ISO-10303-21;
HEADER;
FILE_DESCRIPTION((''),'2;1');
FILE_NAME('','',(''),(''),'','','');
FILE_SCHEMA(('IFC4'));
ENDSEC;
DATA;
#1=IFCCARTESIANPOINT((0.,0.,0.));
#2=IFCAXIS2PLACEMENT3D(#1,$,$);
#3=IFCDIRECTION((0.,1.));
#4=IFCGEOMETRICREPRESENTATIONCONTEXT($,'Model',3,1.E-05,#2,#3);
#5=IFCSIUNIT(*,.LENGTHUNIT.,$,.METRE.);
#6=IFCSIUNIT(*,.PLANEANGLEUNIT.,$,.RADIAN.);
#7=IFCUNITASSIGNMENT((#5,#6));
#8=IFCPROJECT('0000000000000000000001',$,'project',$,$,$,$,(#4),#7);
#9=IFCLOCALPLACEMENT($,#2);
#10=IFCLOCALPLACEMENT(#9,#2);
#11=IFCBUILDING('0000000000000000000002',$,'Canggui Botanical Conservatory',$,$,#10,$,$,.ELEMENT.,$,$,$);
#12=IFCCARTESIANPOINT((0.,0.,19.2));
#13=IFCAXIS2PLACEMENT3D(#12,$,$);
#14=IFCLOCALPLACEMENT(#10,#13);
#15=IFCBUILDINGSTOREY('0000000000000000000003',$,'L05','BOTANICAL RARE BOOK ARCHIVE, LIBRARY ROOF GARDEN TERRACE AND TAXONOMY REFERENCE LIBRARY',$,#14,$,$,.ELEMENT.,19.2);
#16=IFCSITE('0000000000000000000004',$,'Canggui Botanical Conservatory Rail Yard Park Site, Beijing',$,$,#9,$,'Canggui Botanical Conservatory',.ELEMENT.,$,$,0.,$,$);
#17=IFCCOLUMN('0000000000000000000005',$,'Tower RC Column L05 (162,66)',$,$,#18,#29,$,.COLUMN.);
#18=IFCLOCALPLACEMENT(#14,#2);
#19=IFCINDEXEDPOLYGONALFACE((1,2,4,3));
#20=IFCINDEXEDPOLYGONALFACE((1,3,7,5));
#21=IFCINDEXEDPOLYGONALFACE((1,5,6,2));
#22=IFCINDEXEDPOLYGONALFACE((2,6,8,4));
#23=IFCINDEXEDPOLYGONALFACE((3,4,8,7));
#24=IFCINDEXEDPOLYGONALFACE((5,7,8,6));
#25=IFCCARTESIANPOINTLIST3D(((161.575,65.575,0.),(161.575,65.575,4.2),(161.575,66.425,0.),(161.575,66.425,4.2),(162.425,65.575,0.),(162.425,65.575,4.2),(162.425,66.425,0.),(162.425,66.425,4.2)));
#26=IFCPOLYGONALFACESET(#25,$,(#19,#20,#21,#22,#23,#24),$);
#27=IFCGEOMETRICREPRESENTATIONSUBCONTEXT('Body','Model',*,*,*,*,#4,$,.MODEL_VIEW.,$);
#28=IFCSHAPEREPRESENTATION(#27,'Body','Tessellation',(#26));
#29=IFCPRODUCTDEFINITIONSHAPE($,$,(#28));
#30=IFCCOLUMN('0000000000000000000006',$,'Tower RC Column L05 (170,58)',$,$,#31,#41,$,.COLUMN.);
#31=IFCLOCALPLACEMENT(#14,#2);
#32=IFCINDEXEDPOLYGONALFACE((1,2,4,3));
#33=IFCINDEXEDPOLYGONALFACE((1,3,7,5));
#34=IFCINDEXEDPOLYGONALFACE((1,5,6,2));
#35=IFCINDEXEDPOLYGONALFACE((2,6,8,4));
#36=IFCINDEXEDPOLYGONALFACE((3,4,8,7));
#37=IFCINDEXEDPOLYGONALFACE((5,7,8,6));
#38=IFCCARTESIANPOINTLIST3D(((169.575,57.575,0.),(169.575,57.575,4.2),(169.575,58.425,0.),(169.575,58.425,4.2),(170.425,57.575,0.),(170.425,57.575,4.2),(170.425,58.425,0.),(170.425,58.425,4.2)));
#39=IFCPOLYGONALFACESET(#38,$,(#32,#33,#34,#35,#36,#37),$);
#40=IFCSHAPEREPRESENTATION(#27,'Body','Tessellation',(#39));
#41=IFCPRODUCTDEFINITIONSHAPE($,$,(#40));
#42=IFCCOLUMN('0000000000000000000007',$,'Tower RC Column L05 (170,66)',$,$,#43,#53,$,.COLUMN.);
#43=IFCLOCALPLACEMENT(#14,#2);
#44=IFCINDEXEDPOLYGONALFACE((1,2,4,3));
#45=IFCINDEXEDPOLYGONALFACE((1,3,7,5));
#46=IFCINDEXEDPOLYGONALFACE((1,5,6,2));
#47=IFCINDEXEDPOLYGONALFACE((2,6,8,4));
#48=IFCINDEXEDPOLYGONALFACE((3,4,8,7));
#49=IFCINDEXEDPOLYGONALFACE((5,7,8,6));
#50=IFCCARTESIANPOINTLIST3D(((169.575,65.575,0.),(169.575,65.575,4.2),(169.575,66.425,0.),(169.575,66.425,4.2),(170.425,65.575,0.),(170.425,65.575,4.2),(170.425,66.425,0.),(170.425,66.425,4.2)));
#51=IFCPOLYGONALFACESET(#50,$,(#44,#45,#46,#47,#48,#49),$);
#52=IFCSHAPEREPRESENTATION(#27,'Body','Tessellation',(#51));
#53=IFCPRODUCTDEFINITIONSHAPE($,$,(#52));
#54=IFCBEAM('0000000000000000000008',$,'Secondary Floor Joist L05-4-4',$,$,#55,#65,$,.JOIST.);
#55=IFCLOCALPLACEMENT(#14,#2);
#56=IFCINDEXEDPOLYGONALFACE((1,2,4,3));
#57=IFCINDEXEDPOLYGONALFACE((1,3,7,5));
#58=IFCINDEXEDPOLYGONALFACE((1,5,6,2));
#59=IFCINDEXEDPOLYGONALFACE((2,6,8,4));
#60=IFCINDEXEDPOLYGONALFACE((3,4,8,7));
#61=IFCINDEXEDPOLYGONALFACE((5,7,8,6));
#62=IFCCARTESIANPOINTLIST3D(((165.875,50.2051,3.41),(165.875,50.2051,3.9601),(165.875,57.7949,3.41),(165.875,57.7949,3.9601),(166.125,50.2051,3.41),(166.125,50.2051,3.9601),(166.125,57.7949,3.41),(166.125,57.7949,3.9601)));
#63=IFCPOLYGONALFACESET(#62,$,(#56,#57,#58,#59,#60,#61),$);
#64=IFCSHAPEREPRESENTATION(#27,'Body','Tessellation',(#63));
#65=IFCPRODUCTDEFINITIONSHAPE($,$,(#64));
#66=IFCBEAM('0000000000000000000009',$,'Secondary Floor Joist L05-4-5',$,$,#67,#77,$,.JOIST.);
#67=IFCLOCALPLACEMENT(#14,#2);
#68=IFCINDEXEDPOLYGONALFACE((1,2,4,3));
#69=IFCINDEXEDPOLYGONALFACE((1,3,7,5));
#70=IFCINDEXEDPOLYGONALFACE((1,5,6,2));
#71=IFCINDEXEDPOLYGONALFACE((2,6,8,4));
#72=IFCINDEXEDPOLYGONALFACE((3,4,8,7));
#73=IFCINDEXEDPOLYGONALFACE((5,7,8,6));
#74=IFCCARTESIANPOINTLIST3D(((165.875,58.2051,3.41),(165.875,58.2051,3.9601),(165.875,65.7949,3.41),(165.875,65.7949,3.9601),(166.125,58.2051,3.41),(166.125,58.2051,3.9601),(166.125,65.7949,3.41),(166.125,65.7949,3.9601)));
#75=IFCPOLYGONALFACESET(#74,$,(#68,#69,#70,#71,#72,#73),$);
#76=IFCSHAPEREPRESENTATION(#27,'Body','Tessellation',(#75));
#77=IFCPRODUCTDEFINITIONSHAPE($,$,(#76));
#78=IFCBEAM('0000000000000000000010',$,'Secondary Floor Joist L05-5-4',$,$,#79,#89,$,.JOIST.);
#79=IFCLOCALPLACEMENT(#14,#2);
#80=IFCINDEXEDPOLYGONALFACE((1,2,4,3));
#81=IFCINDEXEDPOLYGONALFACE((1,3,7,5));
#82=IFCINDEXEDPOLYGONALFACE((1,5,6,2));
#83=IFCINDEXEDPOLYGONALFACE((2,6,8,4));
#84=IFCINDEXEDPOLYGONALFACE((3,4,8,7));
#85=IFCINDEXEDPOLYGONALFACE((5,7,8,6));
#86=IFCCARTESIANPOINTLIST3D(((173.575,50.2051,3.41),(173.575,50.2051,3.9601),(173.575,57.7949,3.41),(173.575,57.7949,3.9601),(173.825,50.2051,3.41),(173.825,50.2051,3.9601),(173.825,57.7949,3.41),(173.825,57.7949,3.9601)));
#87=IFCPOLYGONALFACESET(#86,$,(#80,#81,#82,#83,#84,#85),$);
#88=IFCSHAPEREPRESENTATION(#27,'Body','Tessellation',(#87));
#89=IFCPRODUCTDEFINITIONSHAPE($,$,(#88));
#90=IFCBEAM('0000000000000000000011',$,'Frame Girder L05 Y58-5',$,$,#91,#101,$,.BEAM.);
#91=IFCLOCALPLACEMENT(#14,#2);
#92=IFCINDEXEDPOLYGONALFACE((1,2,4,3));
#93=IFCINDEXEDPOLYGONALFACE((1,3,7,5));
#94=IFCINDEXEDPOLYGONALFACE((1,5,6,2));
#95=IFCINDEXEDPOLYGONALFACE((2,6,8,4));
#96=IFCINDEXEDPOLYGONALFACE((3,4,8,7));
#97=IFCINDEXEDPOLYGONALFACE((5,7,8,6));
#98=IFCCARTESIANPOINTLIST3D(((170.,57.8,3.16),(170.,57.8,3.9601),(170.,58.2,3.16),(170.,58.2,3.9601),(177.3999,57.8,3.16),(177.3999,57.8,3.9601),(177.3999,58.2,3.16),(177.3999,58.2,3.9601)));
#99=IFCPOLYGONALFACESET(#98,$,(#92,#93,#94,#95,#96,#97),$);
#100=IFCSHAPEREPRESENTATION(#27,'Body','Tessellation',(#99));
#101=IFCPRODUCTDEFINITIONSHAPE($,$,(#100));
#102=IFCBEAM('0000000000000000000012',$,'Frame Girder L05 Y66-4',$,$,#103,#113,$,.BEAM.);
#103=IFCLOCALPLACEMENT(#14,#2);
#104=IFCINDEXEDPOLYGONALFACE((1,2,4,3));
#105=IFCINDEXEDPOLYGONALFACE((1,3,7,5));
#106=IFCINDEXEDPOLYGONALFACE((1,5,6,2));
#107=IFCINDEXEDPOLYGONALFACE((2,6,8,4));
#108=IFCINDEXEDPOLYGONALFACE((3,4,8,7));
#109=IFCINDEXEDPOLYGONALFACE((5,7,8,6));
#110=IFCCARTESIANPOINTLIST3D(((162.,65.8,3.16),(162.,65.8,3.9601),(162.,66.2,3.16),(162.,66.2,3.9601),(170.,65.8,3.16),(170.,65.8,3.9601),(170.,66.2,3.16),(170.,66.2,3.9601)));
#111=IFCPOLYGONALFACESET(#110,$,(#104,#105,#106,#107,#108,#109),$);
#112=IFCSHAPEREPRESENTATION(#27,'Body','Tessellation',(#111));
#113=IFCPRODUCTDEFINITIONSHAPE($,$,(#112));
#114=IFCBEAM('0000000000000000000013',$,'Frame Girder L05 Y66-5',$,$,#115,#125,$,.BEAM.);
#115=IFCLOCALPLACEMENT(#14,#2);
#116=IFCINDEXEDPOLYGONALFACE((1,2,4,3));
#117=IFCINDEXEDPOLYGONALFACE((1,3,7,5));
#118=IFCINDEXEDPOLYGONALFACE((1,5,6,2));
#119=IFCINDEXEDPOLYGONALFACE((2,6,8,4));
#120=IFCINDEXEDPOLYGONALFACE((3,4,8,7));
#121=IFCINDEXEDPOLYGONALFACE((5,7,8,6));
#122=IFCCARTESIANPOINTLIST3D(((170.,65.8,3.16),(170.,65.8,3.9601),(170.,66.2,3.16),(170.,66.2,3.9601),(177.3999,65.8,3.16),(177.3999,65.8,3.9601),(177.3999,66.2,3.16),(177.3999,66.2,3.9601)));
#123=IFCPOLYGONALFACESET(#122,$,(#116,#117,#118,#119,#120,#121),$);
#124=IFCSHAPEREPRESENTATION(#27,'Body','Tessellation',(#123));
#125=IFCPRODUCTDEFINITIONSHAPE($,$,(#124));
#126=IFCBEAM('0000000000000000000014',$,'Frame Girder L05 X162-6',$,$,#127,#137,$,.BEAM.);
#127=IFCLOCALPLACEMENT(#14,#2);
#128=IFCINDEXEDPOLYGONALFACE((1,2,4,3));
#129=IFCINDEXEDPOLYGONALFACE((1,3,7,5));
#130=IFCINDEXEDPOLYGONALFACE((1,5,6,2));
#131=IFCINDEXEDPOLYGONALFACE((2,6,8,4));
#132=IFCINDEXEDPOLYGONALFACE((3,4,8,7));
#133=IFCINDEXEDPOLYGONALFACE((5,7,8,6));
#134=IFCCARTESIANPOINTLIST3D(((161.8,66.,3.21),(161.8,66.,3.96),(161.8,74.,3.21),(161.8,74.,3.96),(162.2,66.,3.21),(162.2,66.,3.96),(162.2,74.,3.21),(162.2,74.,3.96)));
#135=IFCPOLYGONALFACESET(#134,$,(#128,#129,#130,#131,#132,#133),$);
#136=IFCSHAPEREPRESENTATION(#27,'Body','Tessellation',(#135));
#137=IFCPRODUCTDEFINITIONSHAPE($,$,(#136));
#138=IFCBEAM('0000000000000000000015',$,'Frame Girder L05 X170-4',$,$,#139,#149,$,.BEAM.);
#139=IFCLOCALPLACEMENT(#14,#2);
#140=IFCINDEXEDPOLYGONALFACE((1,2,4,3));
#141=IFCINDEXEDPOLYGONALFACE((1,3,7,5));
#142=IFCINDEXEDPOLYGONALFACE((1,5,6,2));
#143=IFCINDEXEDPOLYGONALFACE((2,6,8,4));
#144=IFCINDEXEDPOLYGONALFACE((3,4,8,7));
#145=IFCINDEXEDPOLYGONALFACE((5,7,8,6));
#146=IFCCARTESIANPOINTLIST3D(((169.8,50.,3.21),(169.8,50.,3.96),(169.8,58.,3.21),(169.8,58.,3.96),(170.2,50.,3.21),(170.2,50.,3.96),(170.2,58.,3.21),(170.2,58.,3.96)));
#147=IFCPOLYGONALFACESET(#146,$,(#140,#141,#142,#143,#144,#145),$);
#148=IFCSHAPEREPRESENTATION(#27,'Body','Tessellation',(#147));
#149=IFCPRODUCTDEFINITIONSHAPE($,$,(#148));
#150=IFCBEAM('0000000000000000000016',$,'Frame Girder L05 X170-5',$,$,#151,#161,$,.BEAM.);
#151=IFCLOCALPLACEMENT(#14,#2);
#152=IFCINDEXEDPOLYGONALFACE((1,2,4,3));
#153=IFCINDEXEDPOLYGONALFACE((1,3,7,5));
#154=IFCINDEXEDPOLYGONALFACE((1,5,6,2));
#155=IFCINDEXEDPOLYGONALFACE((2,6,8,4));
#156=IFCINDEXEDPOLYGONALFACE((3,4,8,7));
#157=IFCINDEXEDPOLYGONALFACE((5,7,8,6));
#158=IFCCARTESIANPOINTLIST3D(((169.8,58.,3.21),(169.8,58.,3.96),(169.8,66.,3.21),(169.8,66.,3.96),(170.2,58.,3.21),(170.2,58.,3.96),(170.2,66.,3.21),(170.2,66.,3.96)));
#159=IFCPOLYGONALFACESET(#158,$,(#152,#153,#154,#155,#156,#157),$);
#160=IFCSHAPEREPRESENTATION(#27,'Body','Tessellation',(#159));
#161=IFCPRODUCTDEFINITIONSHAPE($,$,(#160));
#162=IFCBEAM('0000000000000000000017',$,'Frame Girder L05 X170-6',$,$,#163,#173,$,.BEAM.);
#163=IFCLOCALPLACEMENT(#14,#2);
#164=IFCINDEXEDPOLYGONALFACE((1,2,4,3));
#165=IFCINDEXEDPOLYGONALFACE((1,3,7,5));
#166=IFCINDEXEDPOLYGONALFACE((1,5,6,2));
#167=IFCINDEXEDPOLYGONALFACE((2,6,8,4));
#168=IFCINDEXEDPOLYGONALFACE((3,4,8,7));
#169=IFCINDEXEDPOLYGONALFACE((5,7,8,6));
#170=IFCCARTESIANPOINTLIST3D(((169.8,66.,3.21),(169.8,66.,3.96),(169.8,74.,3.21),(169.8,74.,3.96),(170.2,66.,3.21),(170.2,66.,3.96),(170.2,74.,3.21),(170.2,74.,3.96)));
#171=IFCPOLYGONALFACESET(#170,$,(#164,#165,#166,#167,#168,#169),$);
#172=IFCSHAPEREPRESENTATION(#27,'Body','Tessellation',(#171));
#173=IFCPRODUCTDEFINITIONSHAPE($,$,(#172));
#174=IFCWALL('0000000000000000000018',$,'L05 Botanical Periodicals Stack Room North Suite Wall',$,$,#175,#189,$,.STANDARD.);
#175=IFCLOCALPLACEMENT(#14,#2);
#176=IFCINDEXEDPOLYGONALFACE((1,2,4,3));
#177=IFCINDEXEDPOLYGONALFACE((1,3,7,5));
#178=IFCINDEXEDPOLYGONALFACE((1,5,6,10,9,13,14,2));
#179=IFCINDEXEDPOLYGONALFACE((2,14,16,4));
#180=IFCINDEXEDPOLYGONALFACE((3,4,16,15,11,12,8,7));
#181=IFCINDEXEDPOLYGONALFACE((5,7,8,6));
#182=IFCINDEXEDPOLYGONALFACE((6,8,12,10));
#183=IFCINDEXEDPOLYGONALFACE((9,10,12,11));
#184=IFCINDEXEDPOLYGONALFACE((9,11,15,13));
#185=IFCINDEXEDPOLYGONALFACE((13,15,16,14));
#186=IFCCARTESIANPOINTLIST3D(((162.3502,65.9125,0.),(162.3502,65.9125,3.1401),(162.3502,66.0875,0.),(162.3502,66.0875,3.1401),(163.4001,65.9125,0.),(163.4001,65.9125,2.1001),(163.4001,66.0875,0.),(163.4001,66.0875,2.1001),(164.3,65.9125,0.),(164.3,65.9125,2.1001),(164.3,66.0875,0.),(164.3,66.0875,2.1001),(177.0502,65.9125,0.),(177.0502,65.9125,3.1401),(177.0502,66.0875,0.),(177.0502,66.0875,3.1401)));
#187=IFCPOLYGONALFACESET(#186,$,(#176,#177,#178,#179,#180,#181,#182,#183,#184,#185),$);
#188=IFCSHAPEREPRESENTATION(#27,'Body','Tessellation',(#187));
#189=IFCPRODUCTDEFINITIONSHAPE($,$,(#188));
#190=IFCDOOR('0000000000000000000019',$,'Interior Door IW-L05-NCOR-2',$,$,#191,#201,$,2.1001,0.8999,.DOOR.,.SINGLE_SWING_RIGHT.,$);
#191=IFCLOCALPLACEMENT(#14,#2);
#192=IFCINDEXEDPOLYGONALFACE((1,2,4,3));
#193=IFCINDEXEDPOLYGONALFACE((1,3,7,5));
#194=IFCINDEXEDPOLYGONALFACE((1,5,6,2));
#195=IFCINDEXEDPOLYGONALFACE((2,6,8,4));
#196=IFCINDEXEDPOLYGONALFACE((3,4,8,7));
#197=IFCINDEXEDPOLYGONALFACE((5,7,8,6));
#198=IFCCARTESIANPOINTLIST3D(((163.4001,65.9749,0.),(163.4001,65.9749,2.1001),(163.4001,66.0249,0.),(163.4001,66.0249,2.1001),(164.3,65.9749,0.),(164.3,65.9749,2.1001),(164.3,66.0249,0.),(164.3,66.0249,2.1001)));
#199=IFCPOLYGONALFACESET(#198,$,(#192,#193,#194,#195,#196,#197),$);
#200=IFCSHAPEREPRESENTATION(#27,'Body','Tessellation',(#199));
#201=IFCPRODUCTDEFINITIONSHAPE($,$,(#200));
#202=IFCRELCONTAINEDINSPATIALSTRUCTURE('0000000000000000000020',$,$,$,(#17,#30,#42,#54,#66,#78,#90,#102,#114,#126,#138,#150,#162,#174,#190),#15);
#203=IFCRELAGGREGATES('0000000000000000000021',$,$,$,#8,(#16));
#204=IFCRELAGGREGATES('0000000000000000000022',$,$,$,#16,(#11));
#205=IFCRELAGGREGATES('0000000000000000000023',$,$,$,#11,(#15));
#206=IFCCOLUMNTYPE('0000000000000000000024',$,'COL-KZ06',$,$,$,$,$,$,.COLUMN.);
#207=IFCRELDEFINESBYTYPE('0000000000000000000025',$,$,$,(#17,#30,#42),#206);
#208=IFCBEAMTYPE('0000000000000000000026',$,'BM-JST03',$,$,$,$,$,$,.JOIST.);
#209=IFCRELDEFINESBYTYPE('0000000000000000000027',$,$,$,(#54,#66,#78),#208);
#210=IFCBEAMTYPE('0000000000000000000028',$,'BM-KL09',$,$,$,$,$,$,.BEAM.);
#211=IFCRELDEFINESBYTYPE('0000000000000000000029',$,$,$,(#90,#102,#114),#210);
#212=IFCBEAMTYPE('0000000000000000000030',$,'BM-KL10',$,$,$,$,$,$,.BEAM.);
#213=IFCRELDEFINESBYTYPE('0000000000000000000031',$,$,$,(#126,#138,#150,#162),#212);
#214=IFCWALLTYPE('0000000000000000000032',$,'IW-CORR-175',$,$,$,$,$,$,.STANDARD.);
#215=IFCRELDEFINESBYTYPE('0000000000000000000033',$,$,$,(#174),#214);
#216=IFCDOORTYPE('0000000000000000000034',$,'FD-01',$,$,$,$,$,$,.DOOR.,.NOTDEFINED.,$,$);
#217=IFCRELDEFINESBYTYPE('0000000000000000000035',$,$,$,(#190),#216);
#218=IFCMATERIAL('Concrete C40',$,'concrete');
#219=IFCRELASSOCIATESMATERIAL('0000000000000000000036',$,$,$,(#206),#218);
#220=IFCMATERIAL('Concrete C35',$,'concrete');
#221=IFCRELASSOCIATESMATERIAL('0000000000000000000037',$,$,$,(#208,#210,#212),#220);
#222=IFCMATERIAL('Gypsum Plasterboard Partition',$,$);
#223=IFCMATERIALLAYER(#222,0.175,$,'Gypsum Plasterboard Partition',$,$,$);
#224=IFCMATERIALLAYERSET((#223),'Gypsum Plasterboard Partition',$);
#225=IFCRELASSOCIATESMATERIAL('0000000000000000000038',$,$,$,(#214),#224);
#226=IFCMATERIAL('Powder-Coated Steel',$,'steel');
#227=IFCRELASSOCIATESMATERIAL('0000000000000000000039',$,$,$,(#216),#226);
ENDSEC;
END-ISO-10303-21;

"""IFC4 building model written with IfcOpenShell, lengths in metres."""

from ifc_helpers import new_model, si_unit, direction, frame, frame_2d, origin, origin_2d, place, context, subcontext, project, spatial, rectangle, extrude, material, layer, layer_set, material_profile, profile_set, type_object, element, fill, save


model = new_model("IFC4")

# Units and contexts
model_context = context("Model", 3, precision=1e-05, world=origin(), true_north=direction((0.0, 1.0)))
body_context = subcontext(model_context, "Body", "Model", "MODEL_VIEW")
ifc_project = project(units=[si_unit("LENGTHUNIT", "METRE"), si_unit("PLANEANGLEUNIT", "RADIAN")], contexts=[model_context])

# Site, building, storey
site_placement = place(None, origin())
site = spatial("IfcSite", under=ifc_project, at=site_placement, Name="Canggui Botanical Conservatory Rail Yard Park Site, Beijing", LongName="Canggui Botanical Conservatory", CompositionType="ELEMENT", RefElevation=0.0)
building_placement = place(site_placement, origin())
building = spatial("IfcBuilding", under=site, at=building_placement, Name="Canggui Botanical Conservatory", CompositionType="ELEMENT")
storey_placement = place(building_placement, frame((0.0, 0.0, 19.2)))
storey = spatial("IfcBuildingStorey", under=building, at=storey_placement, Name="L05", Description="BOTANICAL RARE BOOK ARCHIVE, LIBRARY ROOF GARDEN TERRACE AND TAXONOMY REFERENCE LIBRARY", CompositionType="ELEMENT", Elevation=19.2)

# Columns
ifc_material_1 = material(Name="Concrete C40", Category="concrete")
ifc_material_profile_1 = material_profile(ifc_material_1, rectangle(XDim=0.8501, YDim=0.8501, at=origin_2d()), Name="RC 850x850")
ifc_profile_set_1 = profile_set([ifc_material_profile_1], Name="Concrete C40")
column_type = type_object("IfcColumnType", Name="COL-KZ06", PredefinedType="COLUMN", material=ifc_profile_set_1)
for number, where, z_axis, x_axis, name in (
    (1, (162.0, 66.0, 0.0), (0.0, 0.0, 1.0), (1.0, 0.0, 0.0), "Tower RC Column L05 (162,66)"),
    (2, (170.0, 58.0, 0.0), (0.0, 0.0, 1.0), (1.0, 0.0, 0.0), "Tower RC Column L05 (170,58)"),
    (3, (170.0, 66.0, 0.0), (0.0, 0.0, 1.0), (1.0, 0.0, 0.0), "Tower RC Column L05 (170,66)"),
):
    element("IfcColumn", number, at=place(storey_placement, frame(where, z_axis=z_axis, x_axis=x_axis)), inside=storey, type_object=column_type, Name=name, PredefinedType="COLUMN", context=body_context, shape_type="SweptSolid", body=[
        extrude(rectangle(XDim=0.8501, YDim=0.8501, at=origin_2d()), origin(), (0.0, 0.0, 1.0), 4.2),
    ])

# Beams
ifc_material_2 = material(Name="Concrete C35", Category="concrete")
ifc_material_profile_2 = material_profile(ifc_material_2, rectangle(XDim=0.25, YDim=0.55, at=origin_2d()), Name="RB 250x550")
ifc_profile_set_2 = profile_set([ifc_material_profile_2], Name="Concrete C35")
beam_type_1 = type_object("IfcBeamType", Name="BM-JST03", PredefinedType="JOIST", material=ifc_profile_set_2)
for number, where, z_axis, x_axis, name in (
    (4, (166.0, 50.2051, 3.6851), (0.0, 1.0, 0.0), (-1.0, 0.0, 0.0), "Secondary Floor Joist L05-4-4"),
    (5, (166.0, 58.2051, 3.6851), (0.0, 1.0, 0.0), (-1.0, 0.0, 0.0), "Secondary Floor Joist L05-4-5"),
    (6, (173.7, 50.2051, 3.6851), (0.0, 1.0, 0.0), (-1.0, 0.0, 0.0), "Secondary Floor Joist L05-5-4"),
):
    element("IfcBeam", number, at=place(storey_placement, frame(where, z_axis=z_axis, x_axis=x_axis)), inside=storey, type_object=beam_type_1, Name=name, PredefinedType="JOIST", context=body_context, shape_type="SweptSolid", body=[
        extrude(rectangle(XDim=0.25, YDim=0.55, at=origin_2d()), origin(), (0.0, 0.0, 1.0), 7.5898),
    ])
ifc_material_profile_3 = material_profile(ifc_material_2, rectangle(XDim=0.3999, YDim=0.8, at=origin_2d()), Name="RB 400x800")
ifc_profile_set_3 = profile_set([ifc_material_profile_3], Name="Concrete C35")
beam_type_2 = type_object("IfcBeamType", Name="BM-KL09", PredefinedType="BEAM", material=ifc_profile_set_3)
beam_1_placement = place(storey_placement, frame((170.0, 58.0, 3.5601), z_axis=(1.0, 0.0, 0.0), x_axis=(0.0, 1.0, 0.0)))
element("IfcBeam", 7, at=beam_1_placement, inside=storey, type_object=beam_type_2, Name="Frame Girder L05 Y58-5", PredefinedType="BEAM", context=body_context, shape_type="SweptSolid", body=[
    extrude(rectangle(XDim=0.3999, YDim=0.8, at=origin_2d()), origin(), (0.0, 0.0, 1.0), 7.3999),
])
beam_2_placement = place(storey_placement, frame((162.0, 66.0, 3.5601), z_axis=(1.0, 0.0, 0.0), x_axis=(0.0, 1.0, 0.0)))
element("IfcBeam", 8, at=beam_2_placement, inside=storey, type_object=beam_type_2, Name="Frame Girder L05 Y66-4", PredefinedType="BEAM", context=body_context, shape_type="SweptSolid", body=[
    extrude(rectangle(XDim=0.3999, YDim=0.8, at=origin_2d()), origin(), (0.0, 0.0, 1.0), 8.0),
])
beam_3_placement = place(storey_placement, frame((170.0, 66.0, 3.5601), z_axis=(1.0, 0.0, 0.0), x_axis=(0.0, 1.0, 0.0)))
element("IfcBeam", 9, at=beam_3_placement, inside=storey, type_object=beam_type_2, Name="Frame Girder L05 Y66-5", PredefinedType="BEAM", context=body_context, shape_type="SweptSolid", body=[
    extrude(rectangle(XDim=0.3999, YDim=0.8, at=origin_2d()), origin(), (0.0, 0.0, 1.0), 7.3999),
])
ifc_material_profile_4 = material_profile(ifc_material_2, rectangle(XDim=0.3999, YDim=0.75, at=origin_2d()), Name="RB 400x750")
ifc_profile_set_4 = profile_set([ifc_material_profile_4], Name="Concrete C35")
beam_type_3 = type_object("IfcBeamType", Name="BM-KL10", PredefinedType="BEAM", material=ifc_profile_set_4)
for number, where, z_axis, x_axis, name in (
    (10, (162.0, 66.0, 3.585), (0.0, 1.0, 0.0), (-1.0, 0.0, 0.0), "Frame Girder L05 X162-6"),
    (11, (170.0, 50.0, 3.585), (0.0, 1.0, 0.0), (-1.0, 0.0, 0.0), "Frame Girder L05 X170-4"),
    (12, (170.0, 58.0, 3.585), (0.0, 1.0, 0.0), (-1.0, 0.0, 0.0), "Frame Girder L05 X170-5"),
    (13, (170.0, 66.0, 3.585), (0.0, 1.0, 0.0), (-1.0, 0.0, 0.0), "Frame Girder L05 X170-6"),
):
    element("IfcBeam", number, at=place(storey_placement, frame(where, z_axis=z_axis, x_axis=x_axis)), inside=storey, type_object=beam_type_3, Name=name, PredefinedType="BEAM", context=body_context, shape_type="SweptSolid", body=[
        extrude(rectangle(XDim=0.3999, YDim=0.75, at=origin_2d()), origin(), (0.0, 0.0, 1.0), 8.0),
    ])

# Wall, opening, door
ifc_material_3 = material(Name="Gypsum Plasterboard Partition")
ifc_layer_1 = layer(ifc_material_3, 0.175, Name="Gypsum Plasterboard Partition")
ifc_layer_set_1 = layer_set([ifc_layer_1], Name="Gypsum Plasterboard Partition")
wall_type_1 = type_object("IfcWallType", Name="IW-CORR-175", PredefinedType="STANDARD", material=ifc_layer_set_1)
wall_1_placement = place(storey_placement, frame((162.3501, 66.0, 0.0), z_axis=(0.0, 0.0, 1.0), x_axis=(1.0, 0.0, 0.0)))
wall_1 = element("IfcWall", 14, at=wall_1_placement, inside=storey, type_object=wall_type_1, Name="L05 Botanical Periodicals Stack Room North Suite Wall", PredefinedType="STANDARD", context=body_context, shape_type="SweptSolid", body=[
    extrude(rectangle(XDim=14.7, YDim=0.175, at=frame_2d((7.3501, 0.0))), origin(), (0.0, 0.0, 1.0), 3.1401),
])
opening_1_placement = place(wall_1_placement, frame((1.05, 0.0, 0.0)))
opening_1 = element("IfcOpeningElement", 15, at=opening_1_placement, cuts=wall_1, PredefinedType="OPENING", context=body_context, shape_type="SweptSolid", body=[
    extrude(rectangle(XDim=0.8999, YDim=2.1001, at=frame_2d((0.45, 1.05))), frame((0.0, 0.0977, 0.0), z_axis=(0.0, -1.0, 0.0), x_axis=(1.0, 0.0, 0.0)), (0.0, 0.0, 1.0), 0.1951),
])
ifc_material_4 = material(Name="Powder-Coated Steel", Category="steel")
door_type_1 = type_object("IfcDoorType", Name="FD-01", OperationType="NOTDEFINED", PredefinedType="DOOR", material=ifc_material_4)
door_1_placement = place(opening_1_placement, origin())
door_1 = element("IfcDoor", 16, at=door_1_placement, inside=storey, type_object=door_type_1, Name="Interior Door IW-L05-NCOR-2", OperationType="SINGLE_SWING_RIGHT", OverallHeight=2.1001, OverallWidth=0.8999, PredefinedType="DOOR", context=body_context, shape_type="SweptSolid", body=[
    extrude(rectangle(XDim=0.8999, YDim=2.1001, at=frame_2d((0.45, 1.05))), frame((0.0, 0.0249, 0.0), z_axis=(0.0, -1.0, 0.0), x_axis=(1.0, 0.0, 0.0)), (0.0, 0.0, 1.0), 0.05),
])
fill(opening_1, door_1)

save(model, "model.ifc")
